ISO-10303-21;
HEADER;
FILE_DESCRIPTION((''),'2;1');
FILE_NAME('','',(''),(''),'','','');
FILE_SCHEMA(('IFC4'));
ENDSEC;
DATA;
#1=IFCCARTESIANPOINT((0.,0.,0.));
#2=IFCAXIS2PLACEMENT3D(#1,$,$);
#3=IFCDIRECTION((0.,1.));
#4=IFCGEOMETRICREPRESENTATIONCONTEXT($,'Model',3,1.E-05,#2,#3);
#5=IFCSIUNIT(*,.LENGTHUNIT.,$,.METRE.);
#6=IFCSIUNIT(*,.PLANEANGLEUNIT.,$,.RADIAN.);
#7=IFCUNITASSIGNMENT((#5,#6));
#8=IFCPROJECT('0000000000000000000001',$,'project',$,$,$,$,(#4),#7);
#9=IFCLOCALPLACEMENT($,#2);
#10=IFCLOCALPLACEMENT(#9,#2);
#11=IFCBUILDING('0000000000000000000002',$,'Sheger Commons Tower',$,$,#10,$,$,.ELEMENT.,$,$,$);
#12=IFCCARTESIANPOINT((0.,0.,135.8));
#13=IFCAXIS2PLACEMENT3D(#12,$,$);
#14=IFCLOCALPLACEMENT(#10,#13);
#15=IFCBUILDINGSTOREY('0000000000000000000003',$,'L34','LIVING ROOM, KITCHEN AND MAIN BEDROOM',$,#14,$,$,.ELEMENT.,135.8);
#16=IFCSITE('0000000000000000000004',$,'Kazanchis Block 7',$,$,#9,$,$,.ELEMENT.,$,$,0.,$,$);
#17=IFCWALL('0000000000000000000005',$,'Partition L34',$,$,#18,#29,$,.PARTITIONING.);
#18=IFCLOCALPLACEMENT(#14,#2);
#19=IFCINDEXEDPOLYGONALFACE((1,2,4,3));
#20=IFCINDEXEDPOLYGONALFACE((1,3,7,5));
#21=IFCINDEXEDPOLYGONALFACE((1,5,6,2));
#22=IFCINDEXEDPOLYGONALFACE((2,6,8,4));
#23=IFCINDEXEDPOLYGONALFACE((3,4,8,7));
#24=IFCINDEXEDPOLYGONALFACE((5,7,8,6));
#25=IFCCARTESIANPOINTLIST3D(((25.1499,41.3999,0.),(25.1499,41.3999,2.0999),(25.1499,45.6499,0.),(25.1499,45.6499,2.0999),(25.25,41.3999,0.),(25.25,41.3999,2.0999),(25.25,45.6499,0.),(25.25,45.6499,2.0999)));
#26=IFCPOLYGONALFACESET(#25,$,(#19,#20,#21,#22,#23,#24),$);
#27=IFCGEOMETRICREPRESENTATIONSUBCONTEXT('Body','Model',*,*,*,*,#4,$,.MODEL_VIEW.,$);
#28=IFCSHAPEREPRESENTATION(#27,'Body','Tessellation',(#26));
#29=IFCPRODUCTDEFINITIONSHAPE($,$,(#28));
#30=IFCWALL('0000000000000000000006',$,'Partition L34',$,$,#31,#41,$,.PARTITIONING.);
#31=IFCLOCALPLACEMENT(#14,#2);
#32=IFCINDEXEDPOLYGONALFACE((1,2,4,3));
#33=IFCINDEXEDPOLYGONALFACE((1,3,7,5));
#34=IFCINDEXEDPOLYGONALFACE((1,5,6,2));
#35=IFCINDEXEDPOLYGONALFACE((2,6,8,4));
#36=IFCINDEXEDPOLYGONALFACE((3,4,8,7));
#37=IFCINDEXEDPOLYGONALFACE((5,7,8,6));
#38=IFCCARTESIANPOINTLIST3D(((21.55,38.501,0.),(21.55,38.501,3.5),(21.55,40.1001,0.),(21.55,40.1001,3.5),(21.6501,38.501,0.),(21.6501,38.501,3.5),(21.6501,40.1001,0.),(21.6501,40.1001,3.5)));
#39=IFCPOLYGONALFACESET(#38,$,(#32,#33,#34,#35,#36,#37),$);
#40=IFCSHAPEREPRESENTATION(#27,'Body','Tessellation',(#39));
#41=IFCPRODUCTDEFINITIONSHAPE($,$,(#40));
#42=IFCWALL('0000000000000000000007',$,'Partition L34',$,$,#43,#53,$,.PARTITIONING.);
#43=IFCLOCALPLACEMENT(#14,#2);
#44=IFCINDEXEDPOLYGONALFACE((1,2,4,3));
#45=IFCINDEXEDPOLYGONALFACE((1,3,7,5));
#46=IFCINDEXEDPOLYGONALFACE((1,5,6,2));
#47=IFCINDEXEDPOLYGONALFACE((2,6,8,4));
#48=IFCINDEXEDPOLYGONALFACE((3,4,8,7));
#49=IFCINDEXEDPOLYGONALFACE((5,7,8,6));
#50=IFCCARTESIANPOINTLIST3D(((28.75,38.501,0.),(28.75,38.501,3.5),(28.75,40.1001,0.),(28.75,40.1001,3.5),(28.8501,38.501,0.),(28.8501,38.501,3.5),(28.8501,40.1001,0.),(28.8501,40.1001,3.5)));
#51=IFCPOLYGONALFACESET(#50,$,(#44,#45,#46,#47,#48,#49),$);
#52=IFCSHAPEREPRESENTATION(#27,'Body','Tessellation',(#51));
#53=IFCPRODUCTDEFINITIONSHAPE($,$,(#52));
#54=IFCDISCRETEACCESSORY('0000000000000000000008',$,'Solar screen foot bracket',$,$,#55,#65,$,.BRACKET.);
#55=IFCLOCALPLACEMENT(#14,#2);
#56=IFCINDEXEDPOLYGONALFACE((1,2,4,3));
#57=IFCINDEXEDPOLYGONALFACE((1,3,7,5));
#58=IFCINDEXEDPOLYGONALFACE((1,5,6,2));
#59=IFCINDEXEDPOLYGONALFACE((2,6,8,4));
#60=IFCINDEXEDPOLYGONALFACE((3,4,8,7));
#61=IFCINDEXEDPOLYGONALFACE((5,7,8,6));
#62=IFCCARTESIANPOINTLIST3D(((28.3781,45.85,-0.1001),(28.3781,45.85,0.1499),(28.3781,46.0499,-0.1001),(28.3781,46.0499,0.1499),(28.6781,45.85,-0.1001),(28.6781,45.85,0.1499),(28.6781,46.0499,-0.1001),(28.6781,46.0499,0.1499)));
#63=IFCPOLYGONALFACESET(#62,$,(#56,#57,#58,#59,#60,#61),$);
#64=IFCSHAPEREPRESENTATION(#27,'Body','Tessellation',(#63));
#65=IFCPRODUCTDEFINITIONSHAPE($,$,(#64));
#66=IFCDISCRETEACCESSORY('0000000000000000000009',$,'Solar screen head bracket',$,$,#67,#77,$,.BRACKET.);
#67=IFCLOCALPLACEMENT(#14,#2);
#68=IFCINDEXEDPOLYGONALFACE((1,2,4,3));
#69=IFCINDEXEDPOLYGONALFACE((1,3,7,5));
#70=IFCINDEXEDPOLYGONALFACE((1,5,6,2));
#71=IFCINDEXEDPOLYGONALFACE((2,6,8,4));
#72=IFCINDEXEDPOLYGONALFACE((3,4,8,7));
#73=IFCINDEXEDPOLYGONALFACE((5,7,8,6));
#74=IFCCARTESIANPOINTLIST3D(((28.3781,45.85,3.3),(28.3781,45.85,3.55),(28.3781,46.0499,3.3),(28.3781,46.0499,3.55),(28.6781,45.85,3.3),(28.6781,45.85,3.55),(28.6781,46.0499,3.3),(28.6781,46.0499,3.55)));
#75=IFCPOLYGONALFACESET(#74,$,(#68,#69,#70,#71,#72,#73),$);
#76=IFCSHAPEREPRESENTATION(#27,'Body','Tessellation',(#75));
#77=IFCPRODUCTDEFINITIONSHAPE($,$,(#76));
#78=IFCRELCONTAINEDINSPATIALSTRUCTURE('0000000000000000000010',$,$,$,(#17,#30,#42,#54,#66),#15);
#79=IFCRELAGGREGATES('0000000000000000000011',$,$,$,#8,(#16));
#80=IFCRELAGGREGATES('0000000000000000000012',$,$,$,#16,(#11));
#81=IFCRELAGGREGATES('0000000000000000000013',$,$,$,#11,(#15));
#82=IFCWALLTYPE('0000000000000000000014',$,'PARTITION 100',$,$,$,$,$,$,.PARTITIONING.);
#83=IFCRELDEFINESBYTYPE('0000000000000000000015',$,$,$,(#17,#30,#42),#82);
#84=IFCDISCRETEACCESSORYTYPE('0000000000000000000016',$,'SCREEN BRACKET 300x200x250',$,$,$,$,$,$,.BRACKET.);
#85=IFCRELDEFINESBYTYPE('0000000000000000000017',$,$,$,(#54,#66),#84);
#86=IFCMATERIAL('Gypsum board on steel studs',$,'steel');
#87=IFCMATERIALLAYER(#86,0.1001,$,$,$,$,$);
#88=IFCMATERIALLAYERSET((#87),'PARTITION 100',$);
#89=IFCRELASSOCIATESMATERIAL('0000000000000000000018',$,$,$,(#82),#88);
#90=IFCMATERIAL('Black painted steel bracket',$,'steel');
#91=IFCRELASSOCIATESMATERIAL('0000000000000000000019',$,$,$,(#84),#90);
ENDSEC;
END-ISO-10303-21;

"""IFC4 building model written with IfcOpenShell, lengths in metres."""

from ifc_helpers import new_model, si_unit, direction, frame, frame_2d, origin, origin_2d, place, context, subcontext, project, spatial, rectangle, extrude, material, layer, layer_set, type_object, element, save


model = new_model("IFC4")

# Units and contexts
model_context = context("Model", 3, precision=1e-05, world=origin(), true_north=direction((0.0, 1.0)))
body_context = subcontext(model_context, "Body", "Model", "MODEL_VIEW")
ifc_project = project(units=[si_unit("LENGTHUNIT", "METRE"), si_unit("PLANEANGLEUNIT", "RADIAN")], contexts=[model_context])

# Site, building, storey
site_placement = place(None, origin())
site = spatial("IfcSite", under=ifc_project, at=site_placement, Name="Kazanchis Block 7", CompositionType="ELEMENT", RefElevation=0.0)
building_placement = place(site_placement, origin())
building = spatial("IfcBuilding", under=site, at=building_placement, Name="Sheger Commons Tower", CompositionType="ELEMENT")
storey_placement = place(building_placement, frame((0.0, 0.0, 135.8)))
storey = spatial("IfcBuildingStorey", under=building, at=storey_placement, Name="L34", Description="LIVING ROOM, KITCHEN AND MAIN BEDROOM", CompositionType="ELEMENT", Elevation=135.8)

# Shared definitions
ifc_material_1 = material(Name="Gypsum board on steel studs", Category="steel")
ifc_layer_1 = layer(ifc_material_1, 0.1001)
ifc_layer_set_1 = layer_set([ifc_layer_1], Name="PARTITION 100")
wall_type = type_object("IfcWallType", Name="PARTITION 100", PredefinedType="PARTITIONING", material=ifc_layer_set_1)

# Walls
wall_1_placement = place(storey_placement, frame((25.2, 41.3999, 0.0), z_axis=(0.0, 0.0, 1.0), x_axis=(0.0, 1.0, 0.0)))
element("IfcWall", 1, at=wall_1_placement, inside=storey, type_object=wall_type, Name="Partition L34", PredefinedType="PARTITIONING", context=body_context, shape_type="SweptSolid", body=[
    extrude(rectangle(XDim=4.25, YDim=0.1001, at=frame_2d((2.125, 0.0))), origin(), (0.0, 0.0, 1.0), 2.0999),
])
for number, where, z_axis, x_axis, name in (
    (2, (21.6001, 38.501, 0.0), (0.0, 0.0, 1.0), (0.0, 1.0, 0.0), "Partition L34"),
    (3, (28.8, 38.501, 0.0), (0.0, 0.0, 1.0), (0.0, 1.0, 0.0), "Partition L34"),
):
    element("IfcWall", number, at=place(storey_placement, frame(where, z_axis=z_axis, x_axis=x_axis)), inside=storey, type_object=wall_type, Name=name, PredefinedType="PARTITIONING", context=body_context, shape_type="SweptSolid", body=[
        extrude(rectangle(XDim=1.5991, YDim=0.1001, at=frame_2d((0.7996, 0.0))), origin(), (0.0, 0.0, 1.0), 3.5),
    ])

# Discrete accessories
ifc_material_2 = material(Name="Black painted steel bracket", Category="steel")
discrete_accessory_type = type_object("IfcDiscreteAccessoryType", Name="SCREEN BRACKET 300x200x250", PredefinedType="BRACKET", material=ifc_material_2)
for number, where, z_axis, x_axis, name in (
    (4, (28.5281, 45.95, -0.1001), (0.0, 0.0, 1.0), (-1.0, 0.0, 0.0), "Solar screen foot bracket"),
    (5, (28.5281, 45.95, 3.3), (0.0, 0.0, 1.0), (-1.0, 0.0, 0.0), "Solar screen head bracket"),
):
    element("IfcDiscreteAccessory", number, at=place(storey_placement, frame(where, z_axis=z_axis, x_axis=x_axis)), inside=storey, type_object=discrete_accessory_type, Name=name, PredefinedType="BRACKET", context=body_context, shape_type="SweptSolid", body=[
        extrude(rectangle(XDim=0.3, YDim=0.2, at=origin_2d()), origin(), (0.0, 0.0, 1.0), 0.25),
    ])

save(model, "model.ifc")
